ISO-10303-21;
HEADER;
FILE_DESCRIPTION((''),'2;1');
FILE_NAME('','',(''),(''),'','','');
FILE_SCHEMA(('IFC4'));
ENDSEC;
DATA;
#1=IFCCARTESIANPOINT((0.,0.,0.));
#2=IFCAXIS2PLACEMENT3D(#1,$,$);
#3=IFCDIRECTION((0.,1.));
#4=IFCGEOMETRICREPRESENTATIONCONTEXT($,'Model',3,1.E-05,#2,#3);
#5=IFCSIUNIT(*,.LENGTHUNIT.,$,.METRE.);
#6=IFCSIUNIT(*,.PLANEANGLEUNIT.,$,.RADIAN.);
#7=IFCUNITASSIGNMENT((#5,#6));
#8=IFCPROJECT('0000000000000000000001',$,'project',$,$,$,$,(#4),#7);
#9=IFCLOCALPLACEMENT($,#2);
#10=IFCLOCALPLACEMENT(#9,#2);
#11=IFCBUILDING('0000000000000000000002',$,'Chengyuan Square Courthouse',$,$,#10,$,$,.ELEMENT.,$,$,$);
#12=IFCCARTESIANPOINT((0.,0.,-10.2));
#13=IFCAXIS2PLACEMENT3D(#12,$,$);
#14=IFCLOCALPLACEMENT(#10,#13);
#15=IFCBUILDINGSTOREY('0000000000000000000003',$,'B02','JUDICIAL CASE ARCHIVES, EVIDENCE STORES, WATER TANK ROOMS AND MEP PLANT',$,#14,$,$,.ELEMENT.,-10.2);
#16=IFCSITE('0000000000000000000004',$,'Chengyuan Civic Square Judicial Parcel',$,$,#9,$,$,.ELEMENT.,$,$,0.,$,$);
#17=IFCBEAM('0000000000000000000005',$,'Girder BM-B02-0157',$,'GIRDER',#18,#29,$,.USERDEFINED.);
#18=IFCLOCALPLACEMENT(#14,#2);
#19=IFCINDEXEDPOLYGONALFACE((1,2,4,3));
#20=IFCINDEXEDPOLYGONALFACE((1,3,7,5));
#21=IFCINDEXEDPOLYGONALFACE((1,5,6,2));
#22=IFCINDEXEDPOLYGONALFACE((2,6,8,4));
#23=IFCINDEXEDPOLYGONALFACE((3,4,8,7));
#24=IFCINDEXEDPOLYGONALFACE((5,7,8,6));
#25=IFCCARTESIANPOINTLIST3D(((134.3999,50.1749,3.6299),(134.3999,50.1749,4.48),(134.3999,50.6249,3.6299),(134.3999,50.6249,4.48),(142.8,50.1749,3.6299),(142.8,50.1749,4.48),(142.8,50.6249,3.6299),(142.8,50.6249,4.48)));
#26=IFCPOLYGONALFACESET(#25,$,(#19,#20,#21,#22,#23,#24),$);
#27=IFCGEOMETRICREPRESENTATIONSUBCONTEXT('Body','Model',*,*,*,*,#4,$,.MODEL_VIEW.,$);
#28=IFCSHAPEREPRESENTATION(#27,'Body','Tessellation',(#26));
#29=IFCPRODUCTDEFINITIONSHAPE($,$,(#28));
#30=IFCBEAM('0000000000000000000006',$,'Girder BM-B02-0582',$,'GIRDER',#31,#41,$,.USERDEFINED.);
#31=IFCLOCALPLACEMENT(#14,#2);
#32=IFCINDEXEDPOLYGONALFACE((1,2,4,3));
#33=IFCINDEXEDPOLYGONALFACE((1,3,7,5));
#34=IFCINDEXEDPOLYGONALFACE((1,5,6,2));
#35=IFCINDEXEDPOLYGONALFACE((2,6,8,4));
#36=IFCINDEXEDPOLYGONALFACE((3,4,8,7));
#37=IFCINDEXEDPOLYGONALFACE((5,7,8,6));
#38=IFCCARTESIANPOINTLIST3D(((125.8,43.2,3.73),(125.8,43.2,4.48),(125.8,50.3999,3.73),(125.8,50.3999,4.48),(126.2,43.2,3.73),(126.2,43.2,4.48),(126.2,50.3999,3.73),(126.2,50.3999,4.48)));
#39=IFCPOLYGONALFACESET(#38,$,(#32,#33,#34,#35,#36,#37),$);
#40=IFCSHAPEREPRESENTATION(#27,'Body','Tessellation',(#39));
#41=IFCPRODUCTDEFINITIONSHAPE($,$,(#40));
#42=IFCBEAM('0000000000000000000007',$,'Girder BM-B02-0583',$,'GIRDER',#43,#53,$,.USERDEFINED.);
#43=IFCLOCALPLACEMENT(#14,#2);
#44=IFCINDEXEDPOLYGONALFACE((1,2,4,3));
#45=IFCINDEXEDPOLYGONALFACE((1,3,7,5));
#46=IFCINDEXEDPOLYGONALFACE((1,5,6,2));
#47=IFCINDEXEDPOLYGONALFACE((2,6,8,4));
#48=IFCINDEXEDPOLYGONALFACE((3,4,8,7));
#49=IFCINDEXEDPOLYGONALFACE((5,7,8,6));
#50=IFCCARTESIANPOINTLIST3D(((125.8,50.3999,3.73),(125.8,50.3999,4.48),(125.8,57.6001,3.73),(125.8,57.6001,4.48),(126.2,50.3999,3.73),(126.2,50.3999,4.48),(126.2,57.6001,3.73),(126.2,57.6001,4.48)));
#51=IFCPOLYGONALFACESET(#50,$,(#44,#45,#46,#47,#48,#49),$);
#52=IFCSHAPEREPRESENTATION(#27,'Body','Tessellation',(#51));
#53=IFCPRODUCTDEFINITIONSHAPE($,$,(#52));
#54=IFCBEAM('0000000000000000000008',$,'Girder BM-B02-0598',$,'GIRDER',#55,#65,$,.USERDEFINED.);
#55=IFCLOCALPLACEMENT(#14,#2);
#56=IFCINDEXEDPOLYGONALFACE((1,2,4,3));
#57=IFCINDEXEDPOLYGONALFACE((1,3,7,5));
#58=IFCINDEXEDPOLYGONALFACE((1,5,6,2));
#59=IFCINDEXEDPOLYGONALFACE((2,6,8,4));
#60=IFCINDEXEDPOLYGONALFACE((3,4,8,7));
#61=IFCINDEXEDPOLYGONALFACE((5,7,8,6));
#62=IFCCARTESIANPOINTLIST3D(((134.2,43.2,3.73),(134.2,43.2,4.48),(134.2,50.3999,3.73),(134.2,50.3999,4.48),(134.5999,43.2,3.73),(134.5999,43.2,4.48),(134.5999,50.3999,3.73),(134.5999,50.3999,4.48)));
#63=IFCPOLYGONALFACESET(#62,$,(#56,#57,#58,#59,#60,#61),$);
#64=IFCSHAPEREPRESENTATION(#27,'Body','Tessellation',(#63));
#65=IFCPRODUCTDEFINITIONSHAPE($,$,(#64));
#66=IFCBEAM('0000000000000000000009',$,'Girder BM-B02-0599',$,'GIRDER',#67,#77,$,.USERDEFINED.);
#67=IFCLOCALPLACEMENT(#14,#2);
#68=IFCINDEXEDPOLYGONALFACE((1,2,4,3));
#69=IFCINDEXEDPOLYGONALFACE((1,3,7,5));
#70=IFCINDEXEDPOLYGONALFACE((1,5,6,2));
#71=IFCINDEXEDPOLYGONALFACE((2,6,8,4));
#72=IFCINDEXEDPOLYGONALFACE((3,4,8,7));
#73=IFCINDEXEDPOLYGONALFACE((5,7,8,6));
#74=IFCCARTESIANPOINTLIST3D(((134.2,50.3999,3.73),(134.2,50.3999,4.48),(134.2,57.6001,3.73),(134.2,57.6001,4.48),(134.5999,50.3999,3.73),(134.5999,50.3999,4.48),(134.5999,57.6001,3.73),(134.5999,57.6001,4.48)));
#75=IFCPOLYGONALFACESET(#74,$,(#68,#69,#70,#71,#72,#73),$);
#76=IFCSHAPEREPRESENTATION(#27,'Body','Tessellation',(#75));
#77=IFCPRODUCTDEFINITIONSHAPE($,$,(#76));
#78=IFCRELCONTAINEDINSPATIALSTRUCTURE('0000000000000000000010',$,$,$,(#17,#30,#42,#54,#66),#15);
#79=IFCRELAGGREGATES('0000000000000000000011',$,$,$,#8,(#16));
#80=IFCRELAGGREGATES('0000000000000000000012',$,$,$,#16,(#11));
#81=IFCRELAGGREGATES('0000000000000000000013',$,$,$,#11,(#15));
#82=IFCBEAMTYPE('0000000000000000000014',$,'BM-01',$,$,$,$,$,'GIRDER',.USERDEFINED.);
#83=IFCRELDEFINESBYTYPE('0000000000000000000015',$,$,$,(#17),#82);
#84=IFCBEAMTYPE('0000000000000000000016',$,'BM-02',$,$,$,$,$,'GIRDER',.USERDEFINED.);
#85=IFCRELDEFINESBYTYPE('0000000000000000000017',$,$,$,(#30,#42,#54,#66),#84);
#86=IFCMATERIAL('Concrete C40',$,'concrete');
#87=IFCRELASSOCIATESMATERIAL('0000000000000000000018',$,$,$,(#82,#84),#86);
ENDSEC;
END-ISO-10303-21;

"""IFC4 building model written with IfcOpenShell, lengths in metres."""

from ifc_helpers import new_model, si_unit, direction, frame, origin, origin_2d, place, context, subcontext, project, spatial, rectangle, extrude, material, material_profile, profile_set, type_object, element, save


model = new_model("IFC4")

# Units and contexts
model_context = context("Model", 3, precision=1e-05, world=origin(), true_north=direction((0.0, 1.0)))
body_context = subcontext(model_context, "Body", "Model", "MODEL_VIEW")
ifc_project = project(units=[si_unit("LENGTHUNIT", "METRE"), si_unit("PLANEANGLEUNIT", "RADIAN")], contexts=[model_context])

# Site, building, storey
site_placement = place(None, origin())
site = spatial("IfcSite", under=ifc_project, at=site_placement, Name="Chengyuan Civic Square Judicial Parcel", CompositionType="ELEMENT", RefElevation=0.0)
building_placement = place(site_placement, origin())
building = spatial("IfcBuilding", under=site, at=building_placement, Name="Chengyuan Square Courthouse", CompositionType="ELEMENT")
storey_placement = place(building_placement, frame((0.0, 0.0, -10.2)))
storey = spatial("IfcBuildingStorey", under=building, at=storey_placement, Name="B02", Description="JUDICIAL CASE ARCHIVES, EVIDENCE STORES, WATER TANK ROOMS AND MEP PLANT", CompositionType="ELEMENT", Elevation=-10.2)

# Shared definitions
ifc_material_1 = material(Name="Concrete C40", Category="concrete")

# Beams
ifc_material_profile_1 = material_profile(ifc_material_1, rectangle(XDim=0.45, YDim=0.8501, at=origin_2d()), Name="RC-BM-450x850")
ifc_profile_set_1 = profile_set([ifc_material_profile_1], Name="Concrete C40")
beam_type_1 = type_object("IfcBeamType", Name="BM-01", ElementType="GIRDER", PredefinedType="USERDEFINED", material=ifc_profile_set_1)
beam_1_placement = place(storey_placement, frame((134.3999, 50.3999, 4.0549), z_axis=(1.0, 0.0, 0.0), x_axis=(0.0, 1.0, 0.0)))
element("IfcBeam", 1, at=beam_1_placement, inside=storey, type_object=beam_type_1, Name="Girder BM-B02-0157", ObjectType="GIRDER", PredefinedType="USERDEFINED", context=body_context, shape_type="SweptSolid", body=[
    extrude(rectangle(XDim=0.45, YDim=0.8501, at=origin_2d()), origin(), (0.0, 0.0, 1.0), 8.4001),
])
ifc_material_profile_2 = material_profile(ifc_material_1, rectangle(XDim=0.3999, YDim=0.75, at=origin_2d()), Name="RC-BM-400x750")
ifc_profile_set_2 = profile_set([ifc_material_profile_2], Name="Concrete C40")
beam_type_2 = type_object("IfcBeamType", Name="BM-02", ElementType="GIRDER", PredefinedType="USERDEFINED", material=ifc_profile_set_2)
beam_2_placement = place(storey_placement, frame((126.0, 43.2, 4.105), z_axis=(0.0, 1.0, 0.0), x_axis=(-1.0, 0.0, 0.0)))
element("IfcBeam", 2, at=beam_2_placement, inside=storey, type_object=beam_type_2, Name="Girder BM-B02-0582", ObjectType="GIRDER", PredefinedType="USERDEFINED", context=body_context, shape_type="SweptSolid", body=[
    extrude(rectangle(XDim=0.3999, YDim=0.75, at=origin_2d()), origin(), (0.0, 0.0, 1.0), 7.2),
])
beam_3_placement = place(storey_placement, frame((126.0, 50.3999, 4.105), z_axis=(0.0, 1.0, 0.0), x_axis=(-1.0, 0.0, 0.0)))
element("IfcBeam", 3, at=beam_3_placement, inside=storey, type_object=beam_type_2, Name="Girder BM-B02-0583", ObjectType="GIRDER", PredefinedType="USERDEFINED", context=body_context, shape_type="SweptSolid", body=[
    extrude(rectangle(XDim=0.3999, YDim=0.75, at=origin_2d()), origin(), (0.0, 0.0, 1.0), 7.2002),
])
beam_4_placement = place(storey_placement, frame((134.3999, 43.2, 4.105), z_axis=(0.0, 1.0, 0.0), x_axis=(-1.0, 0.0, 0.0)))
element("IfcBeam", 4, at=beam_4_placement, inside=storey, type_object=beam_type_2, Name="Girder BM-B02-0598", ObjectType="GIRDER", PredefinedType="USERDEFINED", context=body_context, shape_type="SweptSolid", body=[
    extrude(rectangle(XDim=0.3999, YDim=0.75, at=origin_2d()), origin(), (0.0, 0.0, 1.0), 7.2),
])
beam_5_placement = place(storey_placement, frame((134.3999, 50.3999, 4.105), z_axis=(0.0, 1.0, 0.0), x_axis=(-1.0, 0.0, 0.0)))
element("IfcBeam", 5, at=beam_5_placement, inside=storey, type_object=beam_type_2, Name="Girder BM-B02-0599", ObjectType="GIRDER", PredefinedType="USERDEFINED", context=body_context, shape_type="SweptSolid", body=[
    extrude(rectangle(XDim=0.3999, YDim=0.75, at=origin_2d()), origin(), (0.0, 0.0, 1.0), 7.2002),
])

save(model, "model.ifc")
